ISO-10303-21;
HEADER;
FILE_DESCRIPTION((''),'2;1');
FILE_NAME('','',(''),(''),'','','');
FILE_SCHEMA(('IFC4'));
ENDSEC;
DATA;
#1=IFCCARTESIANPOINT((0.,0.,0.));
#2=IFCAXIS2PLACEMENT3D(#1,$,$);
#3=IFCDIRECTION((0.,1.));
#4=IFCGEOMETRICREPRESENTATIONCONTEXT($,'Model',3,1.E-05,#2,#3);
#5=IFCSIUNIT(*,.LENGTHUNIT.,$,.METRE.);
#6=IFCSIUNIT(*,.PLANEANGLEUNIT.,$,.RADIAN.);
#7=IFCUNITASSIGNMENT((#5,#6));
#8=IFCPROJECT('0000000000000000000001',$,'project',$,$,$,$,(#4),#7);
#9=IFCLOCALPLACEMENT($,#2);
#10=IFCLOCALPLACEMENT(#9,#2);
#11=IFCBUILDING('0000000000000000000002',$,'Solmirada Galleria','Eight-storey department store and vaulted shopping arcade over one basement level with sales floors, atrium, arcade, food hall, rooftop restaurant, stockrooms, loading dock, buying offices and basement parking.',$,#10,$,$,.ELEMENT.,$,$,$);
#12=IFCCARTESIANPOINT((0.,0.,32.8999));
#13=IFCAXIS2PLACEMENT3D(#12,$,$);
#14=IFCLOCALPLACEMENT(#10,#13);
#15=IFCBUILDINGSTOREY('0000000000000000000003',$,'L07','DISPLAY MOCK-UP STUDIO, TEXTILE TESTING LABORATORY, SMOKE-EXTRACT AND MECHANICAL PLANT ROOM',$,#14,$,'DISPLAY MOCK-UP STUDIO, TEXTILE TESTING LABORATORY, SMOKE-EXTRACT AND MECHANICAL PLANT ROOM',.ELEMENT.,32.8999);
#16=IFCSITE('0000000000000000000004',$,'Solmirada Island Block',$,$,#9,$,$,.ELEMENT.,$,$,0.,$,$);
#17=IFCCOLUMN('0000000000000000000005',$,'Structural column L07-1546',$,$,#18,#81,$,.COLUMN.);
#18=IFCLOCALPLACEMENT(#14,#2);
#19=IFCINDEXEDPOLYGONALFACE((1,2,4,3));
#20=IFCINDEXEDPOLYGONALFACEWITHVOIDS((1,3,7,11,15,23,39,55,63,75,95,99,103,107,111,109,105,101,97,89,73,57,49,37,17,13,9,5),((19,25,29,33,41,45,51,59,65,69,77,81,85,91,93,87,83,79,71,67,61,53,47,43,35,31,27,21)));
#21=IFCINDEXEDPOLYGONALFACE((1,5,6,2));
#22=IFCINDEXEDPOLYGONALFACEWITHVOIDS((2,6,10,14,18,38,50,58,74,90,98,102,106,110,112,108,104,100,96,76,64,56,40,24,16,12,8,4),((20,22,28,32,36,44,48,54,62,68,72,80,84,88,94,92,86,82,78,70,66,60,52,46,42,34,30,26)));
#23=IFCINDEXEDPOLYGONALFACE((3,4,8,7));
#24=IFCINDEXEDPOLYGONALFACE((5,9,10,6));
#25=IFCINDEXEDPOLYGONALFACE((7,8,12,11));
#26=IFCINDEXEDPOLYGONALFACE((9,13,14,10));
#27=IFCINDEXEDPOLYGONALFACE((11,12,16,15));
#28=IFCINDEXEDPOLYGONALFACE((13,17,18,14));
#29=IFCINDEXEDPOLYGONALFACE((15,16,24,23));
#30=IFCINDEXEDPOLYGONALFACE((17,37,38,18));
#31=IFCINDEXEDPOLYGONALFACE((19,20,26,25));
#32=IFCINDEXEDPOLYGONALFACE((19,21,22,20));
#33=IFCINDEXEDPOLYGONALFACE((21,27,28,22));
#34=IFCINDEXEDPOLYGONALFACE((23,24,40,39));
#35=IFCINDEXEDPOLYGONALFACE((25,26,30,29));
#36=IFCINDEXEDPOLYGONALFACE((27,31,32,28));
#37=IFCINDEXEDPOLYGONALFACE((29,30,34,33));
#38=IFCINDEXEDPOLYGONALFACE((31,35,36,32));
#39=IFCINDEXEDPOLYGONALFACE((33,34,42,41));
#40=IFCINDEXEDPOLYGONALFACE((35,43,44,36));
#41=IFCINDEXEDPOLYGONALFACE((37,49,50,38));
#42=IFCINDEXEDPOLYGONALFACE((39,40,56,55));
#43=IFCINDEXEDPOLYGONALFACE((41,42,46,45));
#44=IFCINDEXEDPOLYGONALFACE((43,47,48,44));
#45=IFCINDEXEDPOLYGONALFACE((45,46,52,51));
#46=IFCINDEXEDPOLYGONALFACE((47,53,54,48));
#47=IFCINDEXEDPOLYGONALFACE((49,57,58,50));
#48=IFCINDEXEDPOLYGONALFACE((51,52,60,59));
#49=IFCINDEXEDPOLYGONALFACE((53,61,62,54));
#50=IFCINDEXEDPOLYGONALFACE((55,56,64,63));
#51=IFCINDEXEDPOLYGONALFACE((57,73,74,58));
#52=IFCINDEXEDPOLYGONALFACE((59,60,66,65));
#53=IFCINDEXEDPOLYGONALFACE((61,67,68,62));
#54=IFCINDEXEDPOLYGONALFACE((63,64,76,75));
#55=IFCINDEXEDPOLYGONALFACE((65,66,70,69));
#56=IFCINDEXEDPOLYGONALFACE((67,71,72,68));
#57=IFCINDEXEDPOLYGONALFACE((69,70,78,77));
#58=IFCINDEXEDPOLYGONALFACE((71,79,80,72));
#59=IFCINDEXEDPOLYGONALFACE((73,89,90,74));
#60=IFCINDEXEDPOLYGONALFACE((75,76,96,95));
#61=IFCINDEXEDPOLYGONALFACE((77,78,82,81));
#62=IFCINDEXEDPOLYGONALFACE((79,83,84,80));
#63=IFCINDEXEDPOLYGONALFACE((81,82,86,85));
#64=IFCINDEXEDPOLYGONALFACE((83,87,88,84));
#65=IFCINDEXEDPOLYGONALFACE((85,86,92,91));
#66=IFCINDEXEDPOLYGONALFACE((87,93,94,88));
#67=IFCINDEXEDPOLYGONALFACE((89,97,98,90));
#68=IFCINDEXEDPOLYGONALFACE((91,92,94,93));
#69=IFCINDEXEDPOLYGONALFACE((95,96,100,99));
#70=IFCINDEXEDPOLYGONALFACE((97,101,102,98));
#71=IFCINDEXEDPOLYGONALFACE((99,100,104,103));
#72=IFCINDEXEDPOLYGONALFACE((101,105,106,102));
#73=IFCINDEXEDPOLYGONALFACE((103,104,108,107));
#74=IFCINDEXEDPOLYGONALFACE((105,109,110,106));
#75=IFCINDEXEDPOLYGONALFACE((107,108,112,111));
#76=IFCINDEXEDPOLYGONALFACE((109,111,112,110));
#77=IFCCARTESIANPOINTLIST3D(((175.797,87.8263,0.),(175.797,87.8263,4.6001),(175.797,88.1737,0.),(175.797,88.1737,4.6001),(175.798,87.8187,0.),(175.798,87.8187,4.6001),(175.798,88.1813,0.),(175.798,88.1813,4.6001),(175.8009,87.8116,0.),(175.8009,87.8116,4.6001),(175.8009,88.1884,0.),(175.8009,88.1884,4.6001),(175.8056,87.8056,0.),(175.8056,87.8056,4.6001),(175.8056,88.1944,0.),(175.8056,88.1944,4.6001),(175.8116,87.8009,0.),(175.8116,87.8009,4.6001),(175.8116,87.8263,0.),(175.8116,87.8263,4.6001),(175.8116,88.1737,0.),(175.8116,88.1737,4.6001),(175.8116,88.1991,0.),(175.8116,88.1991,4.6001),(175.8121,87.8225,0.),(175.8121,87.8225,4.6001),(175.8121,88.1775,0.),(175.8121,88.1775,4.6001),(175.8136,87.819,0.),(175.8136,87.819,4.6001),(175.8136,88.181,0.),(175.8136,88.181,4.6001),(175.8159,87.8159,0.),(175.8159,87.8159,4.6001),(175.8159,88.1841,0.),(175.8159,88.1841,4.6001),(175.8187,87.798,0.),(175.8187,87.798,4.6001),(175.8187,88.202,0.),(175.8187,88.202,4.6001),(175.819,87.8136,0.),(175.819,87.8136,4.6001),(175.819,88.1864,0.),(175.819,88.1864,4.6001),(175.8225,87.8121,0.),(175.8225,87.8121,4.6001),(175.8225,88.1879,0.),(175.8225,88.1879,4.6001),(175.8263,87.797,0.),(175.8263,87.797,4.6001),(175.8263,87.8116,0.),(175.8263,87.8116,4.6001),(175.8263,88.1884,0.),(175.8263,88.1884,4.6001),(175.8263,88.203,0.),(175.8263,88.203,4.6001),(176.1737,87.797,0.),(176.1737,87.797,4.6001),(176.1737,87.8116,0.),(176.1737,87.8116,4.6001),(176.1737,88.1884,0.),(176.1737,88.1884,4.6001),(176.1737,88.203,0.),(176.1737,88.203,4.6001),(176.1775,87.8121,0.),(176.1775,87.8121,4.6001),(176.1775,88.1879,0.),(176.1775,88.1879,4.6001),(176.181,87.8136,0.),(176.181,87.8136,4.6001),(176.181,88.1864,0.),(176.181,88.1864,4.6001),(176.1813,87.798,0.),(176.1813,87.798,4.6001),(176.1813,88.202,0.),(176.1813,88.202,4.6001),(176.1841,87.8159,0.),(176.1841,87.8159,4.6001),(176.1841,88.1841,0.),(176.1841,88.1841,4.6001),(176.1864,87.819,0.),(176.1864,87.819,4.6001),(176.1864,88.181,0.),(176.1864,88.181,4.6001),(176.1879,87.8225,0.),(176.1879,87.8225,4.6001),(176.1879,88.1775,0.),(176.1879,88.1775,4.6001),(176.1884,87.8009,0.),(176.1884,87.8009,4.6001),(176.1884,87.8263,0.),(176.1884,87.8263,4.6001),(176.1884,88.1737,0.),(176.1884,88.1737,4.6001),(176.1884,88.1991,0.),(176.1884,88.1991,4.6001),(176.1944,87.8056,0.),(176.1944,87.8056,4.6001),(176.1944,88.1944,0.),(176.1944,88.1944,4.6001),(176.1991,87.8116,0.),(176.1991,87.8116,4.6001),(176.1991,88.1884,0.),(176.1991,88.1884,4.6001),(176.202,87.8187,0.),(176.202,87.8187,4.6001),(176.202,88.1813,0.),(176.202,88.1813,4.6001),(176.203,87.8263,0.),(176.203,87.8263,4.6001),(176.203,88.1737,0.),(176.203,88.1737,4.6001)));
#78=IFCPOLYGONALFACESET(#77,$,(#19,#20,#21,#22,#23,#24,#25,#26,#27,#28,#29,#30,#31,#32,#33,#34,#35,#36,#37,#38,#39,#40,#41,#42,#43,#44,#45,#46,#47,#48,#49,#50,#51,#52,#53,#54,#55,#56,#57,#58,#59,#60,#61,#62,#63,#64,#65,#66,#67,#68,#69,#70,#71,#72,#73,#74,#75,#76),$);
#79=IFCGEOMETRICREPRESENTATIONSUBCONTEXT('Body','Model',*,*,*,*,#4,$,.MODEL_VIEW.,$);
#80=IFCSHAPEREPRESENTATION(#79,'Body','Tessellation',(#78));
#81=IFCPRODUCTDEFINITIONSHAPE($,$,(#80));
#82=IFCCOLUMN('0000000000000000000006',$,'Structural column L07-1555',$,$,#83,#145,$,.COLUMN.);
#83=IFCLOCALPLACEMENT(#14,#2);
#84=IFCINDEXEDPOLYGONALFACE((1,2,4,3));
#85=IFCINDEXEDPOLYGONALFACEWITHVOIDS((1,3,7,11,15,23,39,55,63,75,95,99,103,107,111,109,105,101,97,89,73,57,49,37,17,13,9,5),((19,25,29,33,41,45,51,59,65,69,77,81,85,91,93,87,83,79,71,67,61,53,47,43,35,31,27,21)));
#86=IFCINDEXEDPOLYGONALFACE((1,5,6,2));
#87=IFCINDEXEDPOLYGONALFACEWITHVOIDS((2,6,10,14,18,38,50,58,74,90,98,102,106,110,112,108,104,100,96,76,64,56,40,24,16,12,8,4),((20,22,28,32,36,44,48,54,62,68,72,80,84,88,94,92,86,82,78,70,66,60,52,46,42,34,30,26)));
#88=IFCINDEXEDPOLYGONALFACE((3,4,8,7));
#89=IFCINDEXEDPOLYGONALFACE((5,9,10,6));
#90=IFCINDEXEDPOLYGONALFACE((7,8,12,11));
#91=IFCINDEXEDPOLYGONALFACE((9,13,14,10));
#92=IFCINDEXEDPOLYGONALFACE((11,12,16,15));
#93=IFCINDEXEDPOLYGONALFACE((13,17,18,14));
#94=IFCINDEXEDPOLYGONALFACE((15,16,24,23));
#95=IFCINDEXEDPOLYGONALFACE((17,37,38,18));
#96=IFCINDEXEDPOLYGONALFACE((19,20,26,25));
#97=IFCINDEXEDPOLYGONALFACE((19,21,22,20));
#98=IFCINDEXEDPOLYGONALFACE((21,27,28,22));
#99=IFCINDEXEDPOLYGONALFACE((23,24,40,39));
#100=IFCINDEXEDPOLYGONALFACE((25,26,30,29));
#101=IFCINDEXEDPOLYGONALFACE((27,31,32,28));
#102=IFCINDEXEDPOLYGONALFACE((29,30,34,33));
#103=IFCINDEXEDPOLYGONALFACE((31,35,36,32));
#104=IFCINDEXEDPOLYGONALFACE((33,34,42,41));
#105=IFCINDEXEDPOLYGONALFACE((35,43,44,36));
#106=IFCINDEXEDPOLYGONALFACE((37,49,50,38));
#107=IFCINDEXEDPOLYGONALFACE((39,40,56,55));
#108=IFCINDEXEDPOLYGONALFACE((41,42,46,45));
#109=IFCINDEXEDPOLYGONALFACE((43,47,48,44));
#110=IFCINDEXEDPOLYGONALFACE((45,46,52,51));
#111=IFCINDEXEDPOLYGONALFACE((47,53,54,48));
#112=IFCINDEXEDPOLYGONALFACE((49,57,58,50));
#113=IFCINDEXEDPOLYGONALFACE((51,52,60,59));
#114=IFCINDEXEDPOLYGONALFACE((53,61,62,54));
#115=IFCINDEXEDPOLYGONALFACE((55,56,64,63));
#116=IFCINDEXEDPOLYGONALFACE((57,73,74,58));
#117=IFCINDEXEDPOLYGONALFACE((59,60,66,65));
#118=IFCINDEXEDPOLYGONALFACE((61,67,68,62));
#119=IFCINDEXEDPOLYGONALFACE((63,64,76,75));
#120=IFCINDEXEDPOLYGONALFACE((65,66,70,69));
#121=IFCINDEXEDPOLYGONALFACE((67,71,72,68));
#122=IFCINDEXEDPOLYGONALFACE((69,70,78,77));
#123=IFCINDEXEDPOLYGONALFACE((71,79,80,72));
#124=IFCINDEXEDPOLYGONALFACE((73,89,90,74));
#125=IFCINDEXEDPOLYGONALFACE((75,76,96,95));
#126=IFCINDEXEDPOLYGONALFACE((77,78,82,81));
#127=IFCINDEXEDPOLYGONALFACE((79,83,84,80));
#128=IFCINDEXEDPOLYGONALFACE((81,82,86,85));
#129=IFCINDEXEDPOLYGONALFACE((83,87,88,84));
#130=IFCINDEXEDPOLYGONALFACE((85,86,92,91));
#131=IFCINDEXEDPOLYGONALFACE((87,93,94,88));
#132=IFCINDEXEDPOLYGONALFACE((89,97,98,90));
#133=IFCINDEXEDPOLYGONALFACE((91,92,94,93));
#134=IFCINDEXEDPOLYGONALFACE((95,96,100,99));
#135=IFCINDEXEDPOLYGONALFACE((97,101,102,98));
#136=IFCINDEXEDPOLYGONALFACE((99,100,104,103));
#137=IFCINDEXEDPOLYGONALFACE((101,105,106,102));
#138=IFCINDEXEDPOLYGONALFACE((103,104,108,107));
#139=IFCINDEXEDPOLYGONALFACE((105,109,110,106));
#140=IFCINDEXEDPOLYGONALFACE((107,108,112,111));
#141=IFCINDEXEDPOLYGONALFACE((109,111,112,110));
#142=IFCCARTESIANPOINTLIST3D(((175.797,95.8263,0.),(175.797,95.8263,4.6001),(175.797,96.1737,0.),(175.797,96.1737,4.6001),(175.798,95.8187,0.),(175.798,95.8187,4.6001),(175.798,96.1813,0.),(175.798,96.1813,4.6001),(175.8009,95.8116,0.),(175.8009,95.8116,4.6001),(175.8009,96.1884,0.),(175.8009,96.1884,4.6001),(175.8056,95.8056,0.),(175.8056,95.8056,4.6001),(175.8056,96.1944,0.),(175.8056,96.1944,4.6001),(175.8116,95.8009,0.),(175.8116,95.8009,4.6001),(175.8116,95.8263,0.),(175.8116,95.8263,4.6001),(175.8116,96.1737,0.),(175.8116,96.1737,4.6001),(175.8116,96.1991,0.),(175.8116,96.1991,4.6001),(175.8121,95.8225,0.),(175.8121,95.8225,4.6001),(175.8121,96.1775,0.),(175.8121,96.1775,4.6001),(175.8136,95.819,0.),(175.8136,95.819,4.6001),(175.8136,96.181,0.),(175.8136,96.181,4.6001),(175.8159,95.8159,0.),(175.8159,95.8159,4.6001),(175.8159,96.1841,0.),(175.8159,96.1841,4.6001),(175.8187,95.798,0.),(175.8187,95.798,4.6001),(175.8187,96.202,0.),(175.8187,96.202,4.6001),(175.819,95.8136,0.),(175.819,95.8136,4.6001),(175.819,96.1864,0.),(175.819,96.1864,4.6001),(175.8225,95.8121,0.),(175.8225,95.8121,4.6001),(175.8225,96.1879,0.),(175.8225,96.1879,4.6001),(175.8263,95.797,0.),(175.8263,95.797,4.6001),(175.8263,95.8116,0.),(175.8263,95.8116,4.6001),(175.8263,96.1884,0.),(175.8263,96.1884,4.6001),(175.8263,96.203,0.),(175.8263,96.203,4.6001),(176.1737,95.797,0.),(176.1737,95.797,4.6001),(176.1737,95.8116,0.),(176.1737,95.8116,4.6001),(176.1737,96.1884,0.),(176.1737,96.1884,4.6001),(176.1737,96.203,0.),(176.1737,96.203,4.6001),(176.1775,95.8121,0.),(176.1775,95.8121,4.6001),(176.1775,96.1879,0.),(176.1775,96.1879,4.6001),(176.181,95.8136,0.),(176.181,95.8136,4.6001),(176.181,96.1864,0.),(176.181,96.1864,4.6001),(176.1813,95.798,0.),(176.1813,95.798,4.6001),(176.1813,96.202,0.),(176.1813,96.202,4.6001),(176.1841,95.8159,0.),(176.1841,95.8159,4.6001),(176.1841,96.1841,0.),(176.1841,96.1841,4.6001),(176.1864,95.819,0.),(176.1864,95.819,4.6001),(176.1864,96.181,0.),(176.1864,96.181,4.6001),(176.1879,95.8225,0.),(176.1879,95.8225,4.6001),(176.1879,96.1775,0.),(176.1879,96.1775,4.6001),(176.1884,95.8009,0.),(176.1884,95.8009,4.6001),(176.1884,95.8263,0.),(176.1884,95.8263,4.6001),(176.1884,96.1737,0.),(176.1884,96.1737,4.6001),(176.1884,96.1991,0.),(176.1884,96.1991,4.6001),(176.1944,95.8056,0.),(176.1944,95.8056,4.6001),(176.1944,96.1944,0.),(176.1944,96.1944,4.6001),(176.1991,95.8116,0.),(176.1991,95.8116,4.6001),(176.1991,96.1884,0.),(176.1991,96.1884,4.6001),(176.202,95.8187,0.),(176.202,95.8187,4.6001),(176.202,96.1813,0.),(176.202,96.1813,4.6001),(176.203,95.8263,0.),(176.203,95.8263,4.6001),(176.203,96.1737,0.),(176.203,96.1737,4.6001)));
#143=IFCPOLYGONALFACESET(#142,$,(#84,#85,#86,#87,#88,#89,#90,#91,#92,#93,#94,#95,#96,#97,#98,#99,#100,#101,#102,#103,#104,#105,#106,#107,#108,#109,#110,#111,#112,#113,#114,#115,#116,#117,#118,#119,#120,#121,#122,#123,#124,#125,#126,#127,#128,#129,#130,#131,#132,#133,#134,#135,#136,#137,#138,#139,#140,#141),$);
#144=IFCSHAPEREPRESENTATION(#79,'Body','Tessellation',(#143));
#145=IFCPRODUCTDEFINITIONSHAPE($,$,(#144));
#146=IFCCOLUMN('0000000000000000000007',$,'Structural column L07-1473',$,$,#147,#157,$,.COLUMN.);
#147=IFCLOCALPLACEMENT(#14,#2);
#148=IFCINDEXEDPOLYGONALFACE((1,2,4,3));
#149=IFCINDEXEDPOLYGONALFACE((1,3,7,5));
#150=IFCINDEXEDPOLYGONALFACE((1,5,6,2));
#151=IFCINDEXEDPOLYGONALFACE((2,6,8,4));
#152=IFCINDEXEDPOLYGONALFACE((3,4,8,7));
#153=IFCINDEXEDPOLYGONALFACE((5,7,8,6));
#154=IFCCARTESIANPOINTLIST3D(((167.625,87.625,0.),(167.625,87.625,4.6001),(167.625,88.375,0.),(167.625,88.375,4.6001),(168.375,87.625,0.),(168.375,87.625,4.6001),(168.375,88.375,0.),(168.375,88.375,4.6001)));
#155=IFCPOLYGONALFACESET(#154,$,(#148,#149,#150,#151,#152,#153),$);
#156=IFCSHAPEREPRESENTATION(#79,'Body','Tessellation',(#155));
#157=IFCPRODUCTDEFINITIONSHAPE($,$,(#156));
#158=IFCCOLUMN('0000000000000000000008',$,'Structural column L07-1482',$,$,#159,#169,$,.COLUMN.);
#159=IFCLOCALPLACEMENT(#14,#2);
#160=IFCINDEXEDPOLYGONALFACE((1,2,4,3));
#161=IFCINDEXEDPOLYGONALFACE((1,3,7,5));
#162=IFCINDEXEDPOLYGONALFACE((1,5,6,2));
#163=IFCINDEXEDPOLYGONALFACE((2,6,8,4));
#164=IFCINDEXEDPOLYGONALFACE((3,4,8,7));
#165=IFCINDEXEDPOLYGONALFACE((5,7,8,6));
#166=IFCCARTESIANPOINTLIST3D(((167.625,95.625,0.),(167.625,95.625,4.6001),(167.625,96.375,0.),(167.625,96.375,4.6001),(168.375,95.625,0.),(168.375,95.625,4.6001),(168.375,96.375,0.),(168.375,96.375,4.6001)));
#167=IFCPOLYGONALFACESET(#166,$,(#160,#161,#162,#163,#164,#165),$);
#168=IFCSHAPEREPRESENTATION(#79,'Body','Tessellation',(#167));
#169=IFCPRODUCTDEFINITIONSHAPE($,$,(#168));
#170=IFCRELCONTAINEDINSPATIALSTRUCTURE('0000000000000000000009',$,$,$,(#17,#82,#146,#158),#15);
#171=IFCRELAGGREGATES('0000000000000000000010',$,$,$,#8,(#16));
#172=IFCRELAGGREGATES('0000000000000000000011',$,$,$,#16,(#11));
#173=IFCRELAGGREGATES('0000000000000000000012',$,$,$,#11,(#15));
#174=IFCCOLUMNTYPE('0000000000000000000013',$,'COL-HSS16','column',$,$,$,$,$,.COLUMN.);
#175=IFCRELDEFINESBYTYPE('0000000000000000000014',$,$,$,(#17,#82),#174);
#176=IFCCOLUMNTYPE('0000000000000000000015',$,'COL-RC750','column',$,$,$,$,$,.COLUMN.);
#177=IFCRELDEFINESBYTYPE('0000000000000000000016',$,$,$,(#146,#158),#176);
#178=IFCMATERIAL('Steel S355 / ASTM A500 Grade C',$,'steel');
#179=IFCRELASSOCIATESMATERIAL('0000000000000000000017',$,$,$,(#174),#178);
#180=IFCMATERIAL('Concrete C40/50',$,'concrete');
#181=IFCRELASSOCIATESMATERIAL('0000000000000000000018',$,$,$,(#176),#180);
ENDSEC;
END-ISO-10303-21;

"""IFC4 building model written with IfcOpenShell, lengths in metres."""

from ifc_helpers import new_model, si_unit, direction, frame, origin, origin_2d, place, context, subcontext, project, spatial, rectangle, hollow_rectangle, extrude, material, material_profile, profile_set, type_object, element, save


model = new_model("IFC4")

# Units and contexts
model_context = context("Model", 3, precision=1e-05, world=origin(), true_north=direction((0.0, 1.0)))
body_context = subcontext(model_context, "Body", "Model", "MODEL_VIEW")
ifc_project = project(units=[si_unit("LENGTHUNIT", "METRE"), si_unit("PLANEANGLEUNIT", "RADIAN")], contexts=[model_context])

# Site, building, storey
site_placement = place(None, origin())
site = spatial("IfcSite", under=ifc_project, at=site_placement, Name="Solmirada Island Block", CompositionType="ELEMENT", RefElevation=0.0)
building_placement = place(site_placement, origin())
building = spatial("IfcBuilding", under=site, at=building_placement, Name="Solmirada Galleria", Description="Eight-storey department store and vaulted shopping arcade over one basement level with sales floors, atrium, arcade, food hall, rooftop restaurant, stockrooms, loading dock, buying offices and basement parking.", CompositionType="ELEMENT")
storey_placement = place(building_placement, frame((0.0, 0.0, 32.8999)))
storey = spatial("IfcBuildingStorey", under=building, at=storey_placement, Name="L07", Description="DISPLAY MOCK-UP STUDIO, TEXTILE TESTING LABORATORY, SMOKE-EXTRACT AND MECHANICAL PLANT ROOM", LongName="DISPLAY MOCK-UP STUDIO, TEXTILE TESTING LABORATORY, SMOKE-EXTRACT AND MECHANICAL PLANT ROOM", CompositionType="ELEMENT", Elevation=32.8999)

# Columns
ifc_material_1 = material(Name="Steel S355 / ASTM A500 Grade C", Category="steel")
ifc_material_profile_1 = material_profile(ifc_material_1, hollow_rectangle(XDim=0.406, YDim=0.406, WallThickness=0.0146, InnerFilletRadius=0.0146, OuterFilletRadius=0.0293, at=origin_2d()), Name="HSS16X16X5/8")
ifc_profile_set_1 = profile_set([ifc_material_profile_1], Name="Steel S355 / ASTM A500 Grade C")
column_type_1 = type_object("IfcColumnType", Name="COL-HSS16", Description="column", PredefinedType="COLUMN", material=ifc_profile_set_1)
for number, where, z_axis, x_axis, name in (
    (1, (176.0, 88.0, 0.0), (0.0, 0.0, 1.0), (1.0, 0.0, 0.0), "Structural column L07-1546"),
    (2, (176.0, 96.0, 0.0), (0.0, 0.0, 1.0), (1.0, 0.0, 0.0), "Structural column L07-1555"),
):
    element("IfcColumn", number, at=place(storey_placement, frame(where, z_axis=z_axis, x_axis=x_axis)), inside=storey, type_object=column_type_1, Name=name, PredefinedType="COLUMN", context=body_context, shape_type="SweptSolid", body=[
        extrude(hollow_rectangle(XDim=0.406, YDim=0.406, WallThickness=0.0146, InnerFilletRadius=0.0146, OuterFilletRadius=0.0293, at=origin_2d()), origin(), (0.0, 0.0, 1.0), 4.6001),
    ])
ifc_material_2 = material(Name="Concrete C40/50", Category="concrete")
ifc_material_profile_2 = material_profile(ifc_material_2, rectangle(XDim=0.75, YDim=0.75, at=origin_2d()), Name="RC750X750")
ifc_profile_set_2 = profile_set([ifc_material_profile_2], Name="Concrete C40/50")
column_type_2 = type_object("IfcColumnType", Name="COL-RC750", Description="column", PredefinedType="COLUMN", material=ifc_profile_set_2)
for number, where, z_axis, x_axis, name in (
    (3, (168.0, 88.0, 0.0), (0.0, 0.0, 1.0), (1.0, 0.0, 0.0), "Structural column L07-1473"),
    (4, (168.0, 96.0, 0.0), (0.0, 0.0, 1.0), (1.0, 0.0, 0.0), "Structural column L07-1482"),
):
    element("IfcColumn", number, at=place(storey_placement, frame(where, z_axis=z_axis, x_axis=x_axis)), inside=storey, type_object=column_type_2, Name=name, PredefinedType="COLUMN", context=body_context, shape_type="SweptSolid", body=[
        extrude(rectangle(XDim=0.75, YDim=0.75, at=origin_2d()), origin(), (0.0, 0.0, 1.0), 4.6001),
    ])

save(model, "model.ifc")
